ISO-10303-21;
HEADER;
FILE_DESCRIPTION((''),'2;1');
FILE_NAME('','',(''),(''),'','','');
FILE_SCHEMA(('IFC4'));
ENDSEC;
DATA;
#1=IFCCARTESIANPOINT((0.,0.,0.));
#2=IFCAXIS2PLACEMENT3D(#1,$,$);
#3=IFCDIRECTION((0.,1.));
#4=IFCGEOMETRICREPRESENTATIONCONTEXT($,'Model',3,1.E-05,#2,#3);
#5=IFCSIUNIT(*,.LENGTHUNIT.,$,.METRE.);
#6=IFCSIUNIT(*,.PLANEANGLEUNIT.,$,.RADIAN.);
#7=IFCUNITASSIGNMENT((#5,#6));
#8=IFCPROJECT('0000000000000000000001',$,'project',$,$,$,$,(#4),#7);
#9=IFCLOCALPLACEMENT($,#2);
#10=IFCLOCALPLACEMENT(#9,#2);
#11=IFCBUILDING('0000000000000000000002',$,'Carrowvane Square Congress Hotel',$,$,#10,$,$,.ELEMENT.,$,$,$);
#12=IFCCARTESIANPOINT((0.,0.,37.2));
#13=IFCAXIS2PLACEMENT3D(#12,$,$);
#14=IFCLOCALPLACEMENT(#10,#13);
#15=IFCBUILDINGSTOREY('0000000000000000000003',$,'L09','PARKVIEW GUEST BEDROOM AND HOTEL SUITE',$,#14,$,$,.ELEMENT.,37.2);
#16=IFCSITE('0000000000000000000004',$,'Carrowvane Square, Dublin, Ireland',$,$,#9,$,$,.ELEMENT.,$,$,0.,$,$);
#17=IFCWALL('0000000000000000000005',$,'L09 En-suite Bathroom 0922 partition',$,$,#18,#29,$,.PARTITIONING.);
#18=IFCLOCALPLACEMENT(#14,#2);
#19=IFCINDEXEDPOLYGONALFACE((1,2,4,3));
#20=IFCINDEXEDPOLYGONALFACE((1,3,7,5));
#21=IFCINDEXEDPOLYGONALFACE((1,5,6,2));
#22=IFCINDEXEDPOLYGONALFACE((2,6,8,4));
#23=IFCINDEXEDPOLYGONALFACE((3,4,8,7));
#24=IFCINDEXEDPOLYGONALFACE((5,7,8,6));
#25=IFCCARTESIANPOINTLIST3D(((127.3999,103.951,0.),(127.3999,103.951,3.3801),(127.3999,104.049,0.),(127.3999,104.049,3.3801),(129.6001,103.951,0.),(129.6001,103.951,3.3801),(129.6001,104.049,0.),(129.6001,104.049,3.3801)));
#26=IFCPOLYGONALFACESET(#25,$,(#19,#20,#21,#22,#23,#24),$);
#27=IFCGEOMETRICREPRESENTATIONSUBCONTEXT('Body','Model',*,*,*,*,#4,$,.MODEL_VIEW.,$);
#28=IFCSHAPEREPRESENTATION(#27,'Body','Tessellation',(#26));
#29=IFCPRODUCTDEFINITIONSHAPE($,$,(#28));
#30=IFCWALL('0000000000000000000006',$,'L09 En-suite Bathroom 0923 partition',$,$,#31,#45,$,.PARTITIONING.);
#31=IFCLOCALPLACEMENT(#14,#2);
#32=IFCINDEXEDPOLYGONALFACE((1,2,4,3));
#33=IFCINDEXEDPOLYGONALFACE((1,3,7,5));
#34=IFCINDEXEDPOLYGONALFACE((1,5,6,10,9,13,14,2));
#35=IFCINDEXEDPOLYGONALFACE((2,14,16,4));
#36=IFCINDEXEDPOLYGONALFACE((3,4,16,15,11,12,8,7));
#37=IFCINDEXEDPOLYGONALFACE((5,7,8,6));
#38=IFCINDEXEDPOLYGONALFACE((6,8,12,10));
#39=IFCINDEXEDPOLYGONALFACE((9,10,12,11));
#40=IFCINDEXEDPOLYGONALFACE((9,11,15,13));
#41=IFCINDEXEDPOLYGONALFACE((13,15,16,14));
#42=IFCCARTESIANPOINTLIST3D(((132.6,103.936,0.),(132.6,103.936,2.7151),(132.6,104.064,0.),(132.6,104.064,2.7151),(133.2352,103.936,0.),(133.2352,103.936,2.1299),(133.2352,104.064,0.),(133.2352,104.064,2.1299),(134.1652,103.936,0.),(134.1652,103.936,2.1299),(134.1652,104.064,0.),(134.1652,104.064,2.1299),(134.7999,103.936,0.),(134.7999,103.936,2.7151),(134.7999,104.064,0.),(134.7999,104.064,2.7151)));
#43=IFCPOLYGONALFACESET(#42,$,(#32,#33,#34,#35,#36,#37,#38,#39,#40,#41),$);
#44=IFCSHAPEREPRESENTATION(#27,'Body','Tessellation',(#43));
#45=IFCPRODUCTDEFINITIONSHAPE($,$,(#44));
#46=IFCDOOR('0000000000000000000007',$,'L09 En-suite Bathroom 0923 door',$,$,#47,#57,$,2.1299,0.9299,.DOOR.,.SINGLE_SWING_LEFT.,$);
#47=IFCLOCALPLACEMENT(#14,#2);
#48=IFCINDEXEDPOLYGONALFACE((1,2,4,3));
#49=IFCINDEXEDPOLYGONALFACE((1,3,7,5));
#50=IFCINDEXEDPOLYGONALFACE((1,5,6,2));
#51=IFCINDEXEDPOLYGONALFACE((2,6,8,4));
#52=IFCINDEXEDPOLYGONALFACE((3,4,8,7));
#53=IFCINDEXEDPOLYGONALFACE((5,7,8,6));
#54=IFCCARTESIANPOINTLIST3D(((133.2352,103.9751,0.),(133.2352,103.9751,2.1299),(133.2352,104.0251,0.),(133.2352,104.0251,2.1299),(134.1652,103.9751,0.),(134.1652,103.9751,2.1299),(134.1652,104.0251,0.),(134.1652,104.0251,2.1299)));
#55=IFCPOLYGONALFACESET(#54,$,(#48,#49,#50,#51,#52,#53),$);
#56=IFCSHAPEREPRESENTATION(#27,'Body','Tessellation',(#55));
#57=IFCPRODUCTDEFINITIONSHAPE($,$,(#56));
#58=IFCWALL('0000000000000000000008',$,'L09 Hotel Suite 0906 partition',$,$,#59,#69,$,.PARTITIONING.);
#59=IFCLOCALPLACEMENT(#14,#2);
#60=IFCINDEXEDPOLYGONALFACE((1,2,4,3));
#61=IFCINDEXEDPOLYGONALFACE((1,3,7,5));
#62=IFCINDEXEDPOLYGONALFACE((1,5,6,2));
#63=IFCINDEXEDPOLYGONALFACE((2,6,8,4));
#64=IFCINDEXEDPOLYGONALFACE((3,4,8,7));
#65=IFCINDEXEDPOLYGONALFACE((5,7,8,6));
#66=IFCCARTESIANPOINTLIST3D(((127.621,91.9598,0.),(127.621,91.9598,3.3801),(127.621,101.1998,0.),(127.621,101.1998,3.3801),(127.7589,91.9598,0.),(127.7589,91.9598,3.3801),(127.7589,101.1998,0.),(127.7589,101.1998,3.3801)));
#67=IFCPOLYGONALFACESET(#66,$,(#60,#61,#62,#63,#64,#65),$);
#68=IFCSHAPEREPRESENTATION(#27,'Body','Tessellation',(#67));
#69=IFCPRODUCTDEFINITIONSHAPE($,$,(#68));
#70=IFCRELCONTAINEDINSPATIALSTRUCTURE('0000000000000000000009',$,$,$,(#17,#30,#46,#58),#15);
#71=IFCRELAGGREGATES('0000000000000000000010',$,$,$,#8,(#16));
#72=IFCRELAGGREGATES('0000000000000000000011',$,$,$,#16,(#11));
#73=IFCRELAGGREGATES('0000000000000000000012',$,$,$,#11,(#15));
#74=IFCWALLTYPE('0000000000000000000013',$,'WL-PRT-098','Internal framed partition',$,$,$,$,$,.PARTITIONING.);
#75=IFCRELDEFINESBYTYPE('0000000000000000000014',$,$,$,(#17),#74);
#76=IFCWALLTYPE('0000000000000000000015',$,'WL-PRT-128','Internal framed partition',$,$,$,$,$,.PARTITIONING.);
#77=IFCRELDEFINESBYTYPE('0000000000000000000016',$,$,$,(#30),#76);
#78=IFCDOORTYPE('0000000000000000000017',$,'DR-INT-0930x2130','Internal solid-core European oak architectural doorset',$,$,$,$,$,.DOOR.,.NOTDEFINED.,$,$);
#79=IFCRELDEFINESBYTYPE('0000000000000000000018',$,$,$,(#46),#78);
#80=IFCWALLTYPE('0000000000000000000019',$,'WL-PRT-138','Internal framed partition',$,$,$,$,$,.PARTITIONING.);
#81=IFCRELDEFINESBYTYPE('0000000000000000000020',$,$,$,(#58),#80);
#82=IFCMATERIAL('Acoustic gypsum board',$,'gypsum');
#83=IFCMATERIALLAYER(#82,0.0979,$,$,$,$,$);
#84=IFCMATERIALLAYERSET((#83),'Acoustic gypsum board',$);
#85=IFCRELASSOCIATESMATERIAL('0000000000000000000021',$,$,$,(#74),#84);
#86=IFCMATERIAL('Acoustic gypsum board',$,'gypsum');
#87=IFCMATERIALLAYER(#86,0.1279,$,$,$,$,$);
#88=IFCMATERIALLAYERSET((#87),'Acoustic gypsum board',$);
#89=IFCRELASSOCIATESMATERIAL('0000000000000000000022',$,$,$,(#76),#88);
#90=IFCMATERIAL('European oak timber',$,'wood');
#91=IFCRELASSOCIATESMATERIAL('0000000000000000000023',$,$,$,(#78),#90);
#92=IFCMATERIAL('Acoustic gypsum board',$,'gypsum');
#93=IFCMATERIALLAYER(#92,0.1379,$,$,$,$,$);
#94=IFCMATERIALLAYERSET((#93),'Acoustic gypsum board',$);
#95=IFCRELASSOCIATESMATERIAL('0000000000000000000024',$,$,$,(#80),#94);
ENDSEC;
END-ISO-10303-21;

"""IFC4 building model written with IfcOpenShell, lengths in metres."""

from ifc_helpers import new_model, si_unit, direction, frame, frame_2d, origin, place, context, subcontext, project, spatial, rectangle, extrude, material, layer, layer_set, type_object, element, fill, save


model = new_model("IFC4")

# Units and contexts
model_context = context("Model", 3, precision=1e-05, world=origin(), true_north=direction((0.0, 1.0)))
body_context = subcontext(model_context, "Body", "Model", "MODEL_VIEW")
ifc_project = project(units=[si_unit("LENGTHUNIT", "METRE"), si_unit("PLANEANGLEUNIT", "RADIAN")], contexts=[model_context])

# Site, building, storey
site_placement = place(None, origin())
site = spatial("IfcSite", under=ifc_project, at=site_placement, Name="Carrowvane Square, Dublin, Ireland", CompositionType="ELEMENT", RefElevation=0.0)
building_placement = place(site_placement, origin())
building = spatial("IfcBuilding", under=site, at=building_placement, Name="Carrowvane Square Congress Hotel", CompositionType="ELEMENT")
storey_placement = place(building_placement, frame((0.0, 0.0, 37.2)))
storey = spatial("IfcBuildingStorey", under=building, at=storey_placement, Name="L09", Description="PARKVIEW GUEST BEDROOM AND HOTEL SUITE", CompositionType="ELEMENT", Elevation=37.2)

# Wall
ifc_material_1 = material(Name="Acoustic gypsum board", Category="gypsum")
ifc_layer_1 = layer(ifc_material_1, 0.0979)
ifc_layer_set_1 = layer_set([ifc_layer_1], Name="Acoustic gypsum board")
wall_type_1 = type_object("IfcWallType", Name="WL-PRT-098", Description="Internal framed partition", PredefinedType="PARTITIONING", material=ifc_layer_set_1)
wall_1_placement = place(storey_placement, frame((129.6001, 104.0, 0.0), z_axis=(0.0, 0.0, 1.0), x_axis=(-1.0, 0.0, 0.0)))
element("IfcWall", 1, at=wall_1_placement, inside=storey, type_object=wall_type_1, Name="L09 En-suite Bathroom 0922 partition", PredefinedType="PARTITIONING", context=body_context, shape_type="SweptSolid", body=[
    extrude(rectangle(XDim=2.2002, YDim=0.0979, at=frame_2d((1.1001, 0.0))), origin(), (0.0, 0.0, 1.0), 3.3801),
])

# Wall, opening, door
ifc_material_2 = material(Name="Acoustic gypsum board", Category="gypsum")
ifc_layer_2 = layer(ifc_material_2, 0.1279)
ifc_layer_set_2 = layer_set([ifc_layer_2], Name="Acoustic gypsum board")
wall_type_2 = type_object("IfcWallType", Name="WL-PRT-128", Description="Internal framed partition", PredefinedType="PARTITIONING", material=ifc_layer_set_2)
wall_2_placement = place(storey_placement, frame((134.8, 104.0, 0.0), z_axis=(0.0, 0.0, 1.0), x_axis=(-1.0, 0.0, 0.0)))
wall_2 = element("IfcWall", 2, at=wall_2_placement, inside=storey, type_object=wall_type_2, Name="L09 En-suite Bathroom 0923 partition", PredefinedType="PARTITIONING", context=body_context, shape_type="SweptSolid", body=[
    extrude(rectangle(XDim=2.2, YDim=0.1279, at=frame_2d((1.1001, 0.0))), origin(), (0.0, 0.0, 1.0), 2.7151),
])
opening_1_placement = place(wall_2_placement, frame((0.635, 0.0, 0.0)))
opening_1 = element("IfcOpeningElement", 3, at=opening_1_placement, cuts=wall_2, PredefinedType="OPENING", context=body_context, shape_type="SweptSolid", body=[
    extrude(rectangle(XDim=0.9299, YDim=2.1299, at=frame_2d((0.4648, 1.0649))), frame((0.0, 0.074, 0.0), z_axis=(0.0, -1.0, 0.0), x_axis=(1.0, 0.0, 0.0)), (0.0, 0.0, 1.0), 0.1479),
])
ifc_material_3 = material(Name="European oak timber", Category="wood")
door_type_1 = type_object("IfcDoorType", Name="DR-INT-0930x2130", Description="Internal solid-core European oak architectural doorset", OperationType="NOTDEFINED", PredefinedType="DOOR", material=ifc_material_3)
door_1_placement = place(opening_1_placement, origin())
door_1 = element("IfcDoor", 4, at=door_1_placement, inside=storey, type_object=door_type_1, Name="L09 En-suite Bathroom 0923 door", OperationType="SINGLE_SWING_LEFT", OverallHeight=2.1299, OverallWidth=0.9299, PredefinedType="DOOR", context=body_context, shape_type="SweptSolid", body=[
    extrude(rectangle(XDim=0.9299, YDim=2.1299, at=frame_2d((0.4648, 1.0649))), frame((0.0, 0.0249, 0.0), z_axis=(0.0, -1.0, 0.0), x_axis=(1.0, 0.0, 0.0)), (0.0, 0.0, 1.0), 0.05),
])
fill(opening_1, door_1)

# Wall
ifc_material_4 = material(Name="Acoustic gypsum board", Category="gypsum")
ifc_layer_3 = layer(ifc_material_4, 0.1379)
ifc_layer_set_3 = layer_set([ifc_layer_3], Name="Acoustic gypsum board")
wall_type_3 = type_object("IfcWallType", Name="WL-PRT-138", Description="Internal framed partition", PredefinedType="PARTITIONING", material=ifc_layer_set_3)
wall_3_placement = place(storey_placement, frame((127.6899, 101.2, 0.0), z_axis=(0.0, 0.0, 1.0), x_axis=(0.0, -1.0, 0.0)))
element("IfcWall", 5, at=wall_3_placement, inside=storey, type_object=wall_type_3, Name="L09 Hotel Suite 0906 partition", PredefinedType="PARTITIONING", context=body_context, shape_type="SweptSolid", body=[
    extrude(rectangle(XDim=9.24, YDim=0.1379, at=frame_2d((4.6201, 0.0))), origin(), (0.0, 0.0, 1.0), 3.3801),
])

save(model, "model.ifc")
